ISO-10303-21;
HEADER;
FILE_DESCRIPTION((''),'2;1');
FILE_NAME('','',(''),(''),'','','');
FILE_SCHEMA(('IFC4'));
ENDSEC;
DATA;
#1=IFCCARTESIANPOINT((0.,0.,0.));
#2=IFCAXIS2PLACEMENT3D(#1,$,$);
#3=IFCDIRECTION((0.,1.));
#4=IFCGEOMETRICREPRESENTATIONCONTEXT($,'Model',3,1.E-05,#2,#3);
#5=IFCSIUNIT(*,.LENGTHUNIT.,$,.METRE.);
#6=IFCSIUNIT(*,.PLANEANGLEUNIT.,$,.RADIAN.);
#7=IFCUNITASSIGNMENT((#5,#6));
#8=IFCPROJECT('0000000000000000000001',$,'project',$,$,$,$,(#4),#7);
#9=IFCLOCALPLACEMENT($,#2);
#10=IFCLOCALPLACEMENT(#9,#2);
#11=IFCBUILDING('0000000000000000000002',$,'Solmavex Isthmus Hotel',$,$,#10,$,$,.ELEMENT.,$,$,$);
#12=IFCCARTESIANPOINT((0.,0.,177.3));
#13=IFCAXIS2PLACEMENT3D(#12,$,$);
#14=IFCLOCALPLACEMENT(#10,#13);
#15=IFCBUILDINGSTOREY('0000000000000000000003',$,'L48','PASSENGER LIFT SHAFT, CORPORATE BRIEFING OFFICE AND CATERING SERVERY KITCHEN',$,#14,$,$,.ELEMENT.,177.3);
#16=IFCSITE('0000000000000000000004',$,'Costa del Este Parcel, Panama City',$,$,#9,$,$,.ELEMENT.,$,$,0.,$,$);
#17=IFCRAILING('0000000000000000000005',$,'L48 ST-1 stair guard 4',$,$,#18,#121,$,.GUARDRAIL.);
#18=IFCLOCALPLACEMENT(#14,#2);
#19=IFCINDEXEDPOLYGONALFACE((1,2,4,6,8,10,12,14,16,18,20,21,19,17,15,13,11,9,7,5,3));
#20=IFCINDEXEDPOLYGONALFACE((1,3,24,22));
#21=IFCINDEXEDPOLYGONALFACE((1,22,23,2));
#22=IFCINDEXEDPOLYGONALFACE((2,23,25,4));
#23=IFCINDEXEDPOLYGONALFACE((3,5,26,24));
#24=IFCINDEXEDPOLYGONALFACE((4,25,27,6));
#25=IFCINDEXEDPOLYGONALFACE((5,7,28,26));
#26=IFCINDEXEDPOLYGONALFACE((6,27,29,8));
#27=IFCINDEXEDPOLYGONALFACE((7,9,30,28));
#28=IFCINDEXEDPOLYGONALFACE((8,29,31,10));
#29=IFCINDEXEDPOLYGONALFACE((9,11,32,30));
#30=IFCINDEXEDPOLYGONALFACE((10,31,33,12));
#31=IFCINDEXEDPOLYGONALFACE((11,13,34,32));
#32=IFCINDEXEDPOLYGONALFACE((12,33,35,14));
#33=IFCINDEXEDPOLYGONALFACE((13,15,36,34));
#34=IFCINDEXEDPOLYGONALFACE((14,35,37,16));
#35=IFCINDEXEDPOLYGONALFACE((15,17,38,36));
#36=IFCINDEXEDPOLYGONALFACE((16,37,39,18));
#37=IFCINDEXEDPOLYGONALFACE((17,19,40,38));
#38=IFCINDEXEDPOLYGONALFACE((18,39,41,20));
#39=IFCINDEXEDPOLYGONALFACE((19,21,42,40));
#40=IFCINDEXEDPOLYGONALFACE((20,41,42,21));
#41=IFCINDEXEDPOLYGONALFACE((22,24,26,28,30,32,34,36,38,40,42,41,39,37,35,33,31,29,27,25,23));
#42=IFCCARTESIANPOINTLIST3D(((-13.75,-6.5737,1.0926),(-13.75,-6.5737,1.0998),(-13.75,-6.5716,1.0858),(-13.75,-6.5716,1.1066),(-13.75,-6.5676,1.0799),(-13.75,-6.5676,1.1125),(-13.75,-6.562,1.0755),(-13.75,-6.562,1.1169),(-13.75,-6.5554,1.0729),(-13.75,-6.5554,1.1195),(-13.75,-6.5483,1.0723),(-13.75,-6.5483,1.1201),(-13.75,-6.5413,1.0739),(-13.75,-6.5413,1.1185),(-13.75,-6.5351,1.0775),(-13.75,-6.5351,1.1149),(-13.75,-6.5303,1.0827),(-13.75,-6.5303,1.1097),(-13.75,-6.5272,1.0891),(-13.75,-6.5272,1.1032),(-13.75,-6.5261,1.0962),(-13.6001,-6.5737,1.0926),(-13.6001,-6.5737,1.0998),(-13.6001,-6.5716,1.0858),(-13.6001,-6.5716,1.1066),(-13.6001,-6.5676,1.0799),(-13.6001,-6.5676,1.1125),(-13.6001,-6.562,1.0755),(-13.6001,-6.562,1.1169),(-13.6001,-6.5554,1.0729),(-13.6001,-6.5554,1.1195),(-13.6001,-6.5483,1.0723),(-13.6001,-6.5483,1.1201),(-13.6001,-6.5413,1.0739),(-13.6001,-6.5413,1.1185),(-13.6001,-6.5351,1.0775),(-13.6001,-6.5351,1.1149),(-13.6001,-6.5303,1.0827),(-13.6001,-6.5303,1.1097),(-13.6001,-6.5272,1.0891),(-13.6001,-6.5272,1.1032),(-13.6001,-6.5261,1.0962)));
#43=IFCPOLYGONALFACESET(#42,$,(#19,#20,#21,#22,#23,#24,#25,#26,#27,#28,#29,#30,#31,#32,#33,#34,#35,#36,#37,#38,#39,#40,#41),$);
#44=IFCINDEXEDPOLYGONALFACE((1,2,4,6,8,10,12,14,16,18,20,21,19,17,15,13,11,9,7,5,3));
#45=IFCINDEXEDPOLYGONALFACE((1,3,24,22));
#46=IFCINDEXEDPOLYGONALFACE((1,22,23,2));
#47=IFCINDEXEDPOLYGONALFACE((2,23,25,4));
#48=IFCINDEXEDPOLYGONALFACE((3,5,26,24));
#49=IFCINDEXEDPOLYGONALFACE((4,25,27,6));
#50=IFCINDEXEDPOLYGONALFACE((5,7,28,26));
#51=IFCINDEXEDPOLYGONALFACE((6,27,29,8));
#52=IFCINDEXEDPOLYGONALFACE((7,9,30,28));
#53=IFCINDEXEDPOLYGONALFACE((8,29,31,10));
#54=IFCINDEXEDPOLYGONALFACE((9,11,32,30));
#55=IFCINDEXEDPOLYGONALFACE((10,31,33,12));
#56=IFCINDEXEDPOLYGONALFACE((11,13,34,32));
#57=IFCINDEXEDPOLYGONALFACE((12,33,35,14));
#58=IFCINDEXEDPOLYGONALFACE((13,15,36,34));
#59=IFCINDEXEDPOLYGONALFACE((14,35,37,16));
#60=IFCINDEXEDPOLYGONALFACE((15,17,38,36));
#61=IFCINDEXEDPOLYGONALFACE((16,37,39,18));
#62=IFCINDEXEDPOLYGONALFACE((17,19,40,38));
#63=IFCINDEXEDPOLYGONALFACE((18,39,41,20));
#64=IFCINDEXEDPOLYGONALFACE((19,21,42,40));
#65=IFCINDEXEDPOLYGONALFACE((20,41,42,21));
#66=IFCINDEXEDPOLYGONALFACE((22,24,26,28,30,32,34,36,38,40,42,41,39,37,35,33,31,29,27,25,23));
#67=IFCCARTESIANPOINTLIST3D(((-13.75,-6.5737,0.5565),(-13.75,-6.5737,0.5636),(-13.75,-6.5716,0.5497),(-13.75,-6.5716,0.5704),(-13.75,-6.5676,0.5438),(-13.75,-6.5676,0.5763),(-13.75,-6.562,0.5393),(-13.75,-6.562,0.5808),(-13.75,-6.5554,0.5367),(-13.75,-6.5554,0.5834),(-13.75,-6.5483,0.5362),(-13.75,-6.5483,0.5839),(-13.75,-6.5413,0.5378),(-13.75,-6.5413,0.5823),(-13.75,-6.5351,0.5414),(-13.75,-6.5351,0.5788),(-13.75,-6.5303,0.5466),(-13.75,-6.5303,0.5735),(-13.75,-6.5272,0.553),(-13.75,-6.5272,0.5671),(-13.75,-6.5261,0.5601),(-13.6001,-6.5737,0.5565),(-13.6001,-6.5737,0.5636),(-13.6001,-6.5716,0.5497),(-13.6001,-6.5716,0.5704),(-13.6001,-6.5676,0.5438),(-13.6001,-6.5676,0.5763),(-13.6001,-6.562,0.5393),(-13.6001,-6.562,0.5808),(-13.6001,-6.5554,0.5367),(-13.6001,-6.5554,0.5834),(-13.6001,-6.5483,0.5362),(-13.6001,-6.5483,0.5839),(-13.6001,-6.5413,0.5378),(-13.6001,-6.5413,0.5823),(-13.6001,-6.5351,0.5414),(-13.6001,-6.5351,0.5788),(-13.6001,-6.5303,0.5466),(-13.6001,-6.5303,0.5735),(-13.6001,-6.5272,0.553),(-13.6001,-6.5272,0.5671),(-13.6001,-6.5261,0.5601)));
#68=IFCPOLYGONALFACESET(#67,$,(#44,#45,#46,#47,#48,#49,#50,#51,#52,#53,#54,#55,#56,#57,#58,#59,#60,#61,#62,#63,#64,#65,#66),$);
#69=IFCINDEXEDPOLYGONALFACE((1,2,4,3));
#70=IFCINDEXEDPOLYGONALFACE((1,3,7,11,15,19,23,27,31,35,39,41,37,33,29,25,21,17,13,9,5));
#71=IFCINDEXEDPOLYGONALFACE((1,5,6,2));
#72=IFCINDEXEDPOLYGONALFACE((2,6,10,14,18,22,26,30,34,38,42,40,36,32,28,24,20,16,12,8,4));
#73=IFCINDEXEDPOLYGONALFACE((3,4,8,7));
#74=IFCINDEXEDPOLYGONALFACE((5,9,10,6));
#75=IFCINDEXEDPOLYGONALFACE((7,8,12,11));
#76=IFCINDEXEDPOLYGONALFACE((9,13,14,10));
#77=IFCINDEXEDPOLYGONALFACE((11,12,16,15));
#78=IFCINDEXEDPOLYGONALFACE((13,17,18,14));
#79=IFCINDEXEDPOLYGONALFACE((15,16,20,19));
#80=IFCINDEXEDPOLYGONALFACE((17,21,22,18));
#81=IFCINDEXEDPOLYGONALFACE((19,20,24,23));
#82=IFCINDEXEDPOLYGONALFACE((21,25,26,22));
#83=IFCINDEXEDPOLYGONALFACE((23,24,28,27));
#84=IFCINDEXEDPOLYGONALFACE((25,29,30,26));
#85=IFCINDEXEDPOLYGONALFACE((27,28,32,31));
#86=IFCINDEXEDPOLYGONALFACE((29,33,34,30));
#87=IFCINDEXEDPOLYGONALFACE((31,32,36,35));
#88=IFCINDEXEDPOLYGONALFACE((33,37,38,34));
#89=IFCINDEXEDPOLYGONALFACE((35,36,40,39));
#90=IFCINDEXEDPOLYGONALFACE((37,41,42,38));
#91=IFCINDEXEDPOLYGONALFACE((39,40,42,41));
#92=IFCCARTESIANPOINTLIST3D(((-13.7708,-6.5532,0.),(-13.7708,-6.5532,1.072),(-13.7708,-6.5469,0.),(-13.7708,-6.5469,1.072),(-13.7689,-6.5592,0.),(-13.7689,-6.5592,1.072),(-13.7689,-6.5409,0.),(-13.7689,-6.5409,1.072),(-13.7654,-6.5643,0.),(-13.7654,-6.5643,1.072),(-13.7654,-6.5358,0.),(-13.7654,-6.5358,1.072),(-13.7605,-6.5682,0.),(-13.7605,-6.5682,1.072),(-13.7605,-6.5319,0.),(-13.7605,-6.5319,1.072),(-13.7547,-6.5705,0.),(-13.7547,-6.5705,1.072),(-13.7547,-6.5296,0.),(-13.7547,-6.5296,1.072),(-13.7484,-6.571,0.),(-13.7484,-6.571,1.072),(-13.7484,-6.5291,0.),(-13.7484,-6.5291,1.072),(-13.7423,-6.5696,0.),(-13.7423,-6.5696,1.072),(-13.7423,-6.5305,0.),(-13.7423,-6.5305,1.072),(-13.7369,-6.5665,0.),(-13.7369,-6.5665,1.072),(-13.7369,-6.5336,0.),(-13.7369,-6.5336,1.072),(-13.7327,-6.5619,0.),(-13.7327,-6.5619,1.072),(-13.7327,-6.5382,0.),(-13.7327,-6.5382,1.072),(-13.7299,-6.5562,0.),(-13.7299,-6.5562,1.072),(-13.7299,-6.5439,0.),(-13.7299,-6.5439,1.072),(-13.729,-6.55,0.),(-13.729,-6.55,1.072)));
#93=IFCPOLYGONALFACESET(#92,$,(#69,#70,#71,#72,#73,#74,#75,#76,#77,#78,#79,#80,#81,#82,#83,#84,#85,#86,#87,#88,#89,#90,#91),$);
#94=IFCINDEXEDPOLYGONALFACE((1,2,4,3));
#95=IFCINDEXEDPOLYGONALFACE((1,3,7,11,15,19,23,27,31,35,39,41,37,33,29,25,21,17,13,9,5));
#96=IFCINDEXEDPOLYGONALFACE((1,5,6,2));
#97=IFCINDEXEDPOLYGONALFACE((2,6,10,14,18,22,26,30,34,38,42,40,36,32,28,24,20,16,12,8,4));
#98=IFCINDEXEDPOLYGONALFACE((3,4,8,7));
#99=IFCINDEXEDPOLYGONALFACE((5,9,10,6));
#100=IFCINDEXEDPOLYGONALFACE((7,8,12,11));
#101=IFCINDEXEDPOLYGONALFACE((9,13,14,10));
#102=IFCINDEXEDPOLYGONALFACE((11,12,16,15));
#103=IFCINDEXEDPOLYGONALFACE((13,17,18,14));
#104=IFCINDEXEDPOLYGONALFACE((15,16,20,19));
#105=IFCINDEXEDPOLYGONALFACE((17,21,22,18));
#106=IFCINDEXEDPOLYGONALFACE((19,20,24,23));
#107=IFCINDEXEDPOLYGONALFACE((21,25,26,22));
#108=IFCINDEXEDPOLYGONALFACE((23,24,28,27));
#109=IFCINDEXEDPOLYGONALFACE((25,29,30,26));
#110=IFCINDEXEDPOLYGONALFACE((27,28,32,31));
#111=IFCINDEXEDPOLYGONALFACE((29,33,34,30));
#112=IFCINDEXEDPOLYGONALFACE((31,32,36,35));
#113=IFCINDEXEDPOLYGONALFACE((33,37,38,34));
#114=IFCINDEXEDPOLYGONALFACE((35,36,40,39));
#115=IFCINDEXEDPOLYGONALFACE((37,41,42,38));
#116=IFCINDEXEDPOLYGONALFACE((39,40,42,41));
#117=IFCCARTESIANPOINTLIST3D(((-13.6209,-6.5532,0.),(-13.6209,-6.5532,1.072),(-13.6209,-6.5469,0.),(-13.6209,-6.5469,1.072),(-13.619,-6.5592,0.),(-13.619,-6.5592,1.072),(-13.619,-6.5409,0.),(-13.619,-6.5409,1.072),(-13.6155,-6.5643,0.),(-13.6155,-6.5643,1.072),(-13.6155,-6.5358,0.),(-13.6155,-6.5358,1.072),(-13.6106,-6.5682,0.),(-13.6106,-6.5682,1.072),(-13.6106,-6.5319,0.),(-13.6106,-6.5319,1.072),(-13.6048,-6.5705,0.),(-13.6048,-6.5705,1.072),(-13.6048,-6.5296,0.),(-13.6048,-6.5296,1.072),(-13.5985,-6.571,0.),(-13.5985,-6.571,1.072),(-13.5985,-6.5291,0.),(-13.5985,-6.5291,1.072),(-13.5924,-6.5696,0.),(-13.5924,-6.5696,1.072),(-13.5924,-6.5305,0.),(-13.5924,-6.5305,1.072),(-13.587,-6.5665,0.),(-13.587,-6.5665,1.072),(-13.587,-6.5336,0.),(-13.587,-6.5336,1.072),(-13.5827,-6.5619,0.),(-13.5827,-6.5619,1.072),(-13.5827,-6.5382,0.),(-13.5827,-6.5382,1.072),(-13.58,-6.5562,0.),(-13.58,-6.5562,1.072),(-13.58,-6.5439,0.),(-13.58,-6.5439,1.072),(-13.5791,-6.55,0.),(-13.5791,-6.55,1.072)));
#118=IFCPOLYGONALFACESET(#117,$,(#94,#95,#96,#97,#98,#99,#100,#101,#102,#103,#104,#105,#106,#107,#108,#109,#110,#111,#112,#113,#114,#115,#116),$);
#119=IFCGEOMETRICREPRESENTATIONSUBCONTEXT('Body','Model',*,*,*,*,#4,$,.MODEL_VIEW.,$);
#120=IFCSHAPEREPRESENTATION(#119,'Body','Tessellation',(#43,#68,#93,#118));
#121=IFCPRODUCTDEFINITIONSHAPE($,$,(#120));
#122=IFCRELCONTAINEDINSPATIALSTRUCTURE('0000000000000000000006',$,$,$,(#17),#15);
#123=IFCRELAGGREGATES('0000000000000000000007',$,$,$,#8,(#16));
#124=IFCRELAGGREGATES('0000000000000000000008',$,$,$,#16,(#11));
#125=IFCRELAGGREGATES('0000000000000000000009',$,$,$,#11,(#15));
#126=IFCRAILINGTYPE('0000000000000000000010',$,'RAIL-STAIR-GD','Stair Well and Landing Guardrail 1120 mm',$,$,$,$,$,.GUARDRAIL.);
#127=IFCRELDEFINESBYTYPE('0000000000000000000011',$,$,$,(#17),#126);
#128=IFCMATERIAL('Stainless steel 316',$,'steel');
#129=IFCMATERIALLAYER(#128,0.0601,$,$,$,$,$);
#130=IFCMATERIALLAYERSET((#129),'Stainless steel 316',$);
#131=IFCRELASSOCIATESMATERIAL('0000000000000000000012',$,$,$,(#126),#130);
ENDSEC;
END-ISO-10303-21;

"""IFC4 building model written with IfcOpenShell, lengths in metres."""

from ifc_helpers import new_model, si_unit, direction, frame, origin, origin_2d, place, context, subcontext, project, spatial, circle, extrude, material, layer, layer_set, type_object, element, save


model = new_model("IFC4")

# Units and contexts
model_context = context("Model", 3, precision=1e-05, world=origin(), true_north=direction((0.0, 1.0)))
body_context = subcontext(model_context, "Body", "Model", "MODEL_VIEW")
ifc_project = project(units=[si_unit("LENGTHUNIT", "METRE"), si_unit("PLANEANGLEUNIT", "RADIAN")], contexts=[model_context])

# Site, building, storey
site_placement = place(None, origin())
site = spatial("IfcSite", under=ifc_project, at=site_placement, Name="Costa del Este Parcel, Panama City", CompositionType="ELEMENT", RefElevation=0.0)
building_placement = place(site_placement, origin())
building = spatial("IfcBuilding", under=site, at=building_placement, Name="Solmavex Isthmus Hotel", CompositionType="ELEMENT")
storey_placement = place(building_placement, frame((0.0, 0.0, 177.3)))
storey = spatial("IfcBuildingStorey", under=building, at=storey_placement, Name="L48", Description="PASSENGER LIFT SHAFT, CORPORATE BRIEFING OFFICE AND CATERING SERVERY KITCHEN", CompositionType="ELEMENT", Elevation=177.3)

# Railing
ifc_material_1 = material(Name="Stainless steel 316", Category="steel")
ifc_layer_1 = layer(ifc_material_1, 0.0601)
ifc_layer_set_1 = layer_set([ifc_layer_1], Name="Stainless steel 316")
railing_type_1 = type_object("IfcRailingType", Name="RAIL-STAIR-GD", Description="Stair Well and Landing Guardrail 1120 mm", PredefinedType="GUARDRAIL", material=ifc_layer_set_1)
railing_1_placement = place(storey_placement, frame((-13.75, -6.55, 0.0)))
element("IfcRailing", 1, at=railing_1_placement, inside=storey, type_object=railing_type_1, Name="L48 ST-1 stair guard 4", PredefinedType="GUARDRAIL", context=body_context, shape_type="SweptSolid", body=[
    extrude(circle(Radius=0.0239, at=origin_2d()), frame((0.0, 0.0, 1.0962), z_axis=(1.0, 0.0, 0.0), x_axis=(0.0, 1.0, 0.0)), (0.0, 0.0, 1.0), 0.1499),
    extrude(circle(Radius=0.0239, at=origin_2d()), frame((0.0, 0.0, 0.5601), z_axis=(1.0, 0.0, 0.0), x_axis=(0.0, 1.0, 0.0)), (0.0, 0.0, 1.0), 0.1499),
    extrude(circle(Radius=0.021, at=origin_2d()), origin(), (0.0, 0.0, 1.0), 1.072),
    extrude(circle(Radius=0.021, at=origin_2d()), frame((0.1499, 0.0, 0.0)), (0.0, 0.0, 1.0), 1.072),
])

save(model, "model.ifc")
